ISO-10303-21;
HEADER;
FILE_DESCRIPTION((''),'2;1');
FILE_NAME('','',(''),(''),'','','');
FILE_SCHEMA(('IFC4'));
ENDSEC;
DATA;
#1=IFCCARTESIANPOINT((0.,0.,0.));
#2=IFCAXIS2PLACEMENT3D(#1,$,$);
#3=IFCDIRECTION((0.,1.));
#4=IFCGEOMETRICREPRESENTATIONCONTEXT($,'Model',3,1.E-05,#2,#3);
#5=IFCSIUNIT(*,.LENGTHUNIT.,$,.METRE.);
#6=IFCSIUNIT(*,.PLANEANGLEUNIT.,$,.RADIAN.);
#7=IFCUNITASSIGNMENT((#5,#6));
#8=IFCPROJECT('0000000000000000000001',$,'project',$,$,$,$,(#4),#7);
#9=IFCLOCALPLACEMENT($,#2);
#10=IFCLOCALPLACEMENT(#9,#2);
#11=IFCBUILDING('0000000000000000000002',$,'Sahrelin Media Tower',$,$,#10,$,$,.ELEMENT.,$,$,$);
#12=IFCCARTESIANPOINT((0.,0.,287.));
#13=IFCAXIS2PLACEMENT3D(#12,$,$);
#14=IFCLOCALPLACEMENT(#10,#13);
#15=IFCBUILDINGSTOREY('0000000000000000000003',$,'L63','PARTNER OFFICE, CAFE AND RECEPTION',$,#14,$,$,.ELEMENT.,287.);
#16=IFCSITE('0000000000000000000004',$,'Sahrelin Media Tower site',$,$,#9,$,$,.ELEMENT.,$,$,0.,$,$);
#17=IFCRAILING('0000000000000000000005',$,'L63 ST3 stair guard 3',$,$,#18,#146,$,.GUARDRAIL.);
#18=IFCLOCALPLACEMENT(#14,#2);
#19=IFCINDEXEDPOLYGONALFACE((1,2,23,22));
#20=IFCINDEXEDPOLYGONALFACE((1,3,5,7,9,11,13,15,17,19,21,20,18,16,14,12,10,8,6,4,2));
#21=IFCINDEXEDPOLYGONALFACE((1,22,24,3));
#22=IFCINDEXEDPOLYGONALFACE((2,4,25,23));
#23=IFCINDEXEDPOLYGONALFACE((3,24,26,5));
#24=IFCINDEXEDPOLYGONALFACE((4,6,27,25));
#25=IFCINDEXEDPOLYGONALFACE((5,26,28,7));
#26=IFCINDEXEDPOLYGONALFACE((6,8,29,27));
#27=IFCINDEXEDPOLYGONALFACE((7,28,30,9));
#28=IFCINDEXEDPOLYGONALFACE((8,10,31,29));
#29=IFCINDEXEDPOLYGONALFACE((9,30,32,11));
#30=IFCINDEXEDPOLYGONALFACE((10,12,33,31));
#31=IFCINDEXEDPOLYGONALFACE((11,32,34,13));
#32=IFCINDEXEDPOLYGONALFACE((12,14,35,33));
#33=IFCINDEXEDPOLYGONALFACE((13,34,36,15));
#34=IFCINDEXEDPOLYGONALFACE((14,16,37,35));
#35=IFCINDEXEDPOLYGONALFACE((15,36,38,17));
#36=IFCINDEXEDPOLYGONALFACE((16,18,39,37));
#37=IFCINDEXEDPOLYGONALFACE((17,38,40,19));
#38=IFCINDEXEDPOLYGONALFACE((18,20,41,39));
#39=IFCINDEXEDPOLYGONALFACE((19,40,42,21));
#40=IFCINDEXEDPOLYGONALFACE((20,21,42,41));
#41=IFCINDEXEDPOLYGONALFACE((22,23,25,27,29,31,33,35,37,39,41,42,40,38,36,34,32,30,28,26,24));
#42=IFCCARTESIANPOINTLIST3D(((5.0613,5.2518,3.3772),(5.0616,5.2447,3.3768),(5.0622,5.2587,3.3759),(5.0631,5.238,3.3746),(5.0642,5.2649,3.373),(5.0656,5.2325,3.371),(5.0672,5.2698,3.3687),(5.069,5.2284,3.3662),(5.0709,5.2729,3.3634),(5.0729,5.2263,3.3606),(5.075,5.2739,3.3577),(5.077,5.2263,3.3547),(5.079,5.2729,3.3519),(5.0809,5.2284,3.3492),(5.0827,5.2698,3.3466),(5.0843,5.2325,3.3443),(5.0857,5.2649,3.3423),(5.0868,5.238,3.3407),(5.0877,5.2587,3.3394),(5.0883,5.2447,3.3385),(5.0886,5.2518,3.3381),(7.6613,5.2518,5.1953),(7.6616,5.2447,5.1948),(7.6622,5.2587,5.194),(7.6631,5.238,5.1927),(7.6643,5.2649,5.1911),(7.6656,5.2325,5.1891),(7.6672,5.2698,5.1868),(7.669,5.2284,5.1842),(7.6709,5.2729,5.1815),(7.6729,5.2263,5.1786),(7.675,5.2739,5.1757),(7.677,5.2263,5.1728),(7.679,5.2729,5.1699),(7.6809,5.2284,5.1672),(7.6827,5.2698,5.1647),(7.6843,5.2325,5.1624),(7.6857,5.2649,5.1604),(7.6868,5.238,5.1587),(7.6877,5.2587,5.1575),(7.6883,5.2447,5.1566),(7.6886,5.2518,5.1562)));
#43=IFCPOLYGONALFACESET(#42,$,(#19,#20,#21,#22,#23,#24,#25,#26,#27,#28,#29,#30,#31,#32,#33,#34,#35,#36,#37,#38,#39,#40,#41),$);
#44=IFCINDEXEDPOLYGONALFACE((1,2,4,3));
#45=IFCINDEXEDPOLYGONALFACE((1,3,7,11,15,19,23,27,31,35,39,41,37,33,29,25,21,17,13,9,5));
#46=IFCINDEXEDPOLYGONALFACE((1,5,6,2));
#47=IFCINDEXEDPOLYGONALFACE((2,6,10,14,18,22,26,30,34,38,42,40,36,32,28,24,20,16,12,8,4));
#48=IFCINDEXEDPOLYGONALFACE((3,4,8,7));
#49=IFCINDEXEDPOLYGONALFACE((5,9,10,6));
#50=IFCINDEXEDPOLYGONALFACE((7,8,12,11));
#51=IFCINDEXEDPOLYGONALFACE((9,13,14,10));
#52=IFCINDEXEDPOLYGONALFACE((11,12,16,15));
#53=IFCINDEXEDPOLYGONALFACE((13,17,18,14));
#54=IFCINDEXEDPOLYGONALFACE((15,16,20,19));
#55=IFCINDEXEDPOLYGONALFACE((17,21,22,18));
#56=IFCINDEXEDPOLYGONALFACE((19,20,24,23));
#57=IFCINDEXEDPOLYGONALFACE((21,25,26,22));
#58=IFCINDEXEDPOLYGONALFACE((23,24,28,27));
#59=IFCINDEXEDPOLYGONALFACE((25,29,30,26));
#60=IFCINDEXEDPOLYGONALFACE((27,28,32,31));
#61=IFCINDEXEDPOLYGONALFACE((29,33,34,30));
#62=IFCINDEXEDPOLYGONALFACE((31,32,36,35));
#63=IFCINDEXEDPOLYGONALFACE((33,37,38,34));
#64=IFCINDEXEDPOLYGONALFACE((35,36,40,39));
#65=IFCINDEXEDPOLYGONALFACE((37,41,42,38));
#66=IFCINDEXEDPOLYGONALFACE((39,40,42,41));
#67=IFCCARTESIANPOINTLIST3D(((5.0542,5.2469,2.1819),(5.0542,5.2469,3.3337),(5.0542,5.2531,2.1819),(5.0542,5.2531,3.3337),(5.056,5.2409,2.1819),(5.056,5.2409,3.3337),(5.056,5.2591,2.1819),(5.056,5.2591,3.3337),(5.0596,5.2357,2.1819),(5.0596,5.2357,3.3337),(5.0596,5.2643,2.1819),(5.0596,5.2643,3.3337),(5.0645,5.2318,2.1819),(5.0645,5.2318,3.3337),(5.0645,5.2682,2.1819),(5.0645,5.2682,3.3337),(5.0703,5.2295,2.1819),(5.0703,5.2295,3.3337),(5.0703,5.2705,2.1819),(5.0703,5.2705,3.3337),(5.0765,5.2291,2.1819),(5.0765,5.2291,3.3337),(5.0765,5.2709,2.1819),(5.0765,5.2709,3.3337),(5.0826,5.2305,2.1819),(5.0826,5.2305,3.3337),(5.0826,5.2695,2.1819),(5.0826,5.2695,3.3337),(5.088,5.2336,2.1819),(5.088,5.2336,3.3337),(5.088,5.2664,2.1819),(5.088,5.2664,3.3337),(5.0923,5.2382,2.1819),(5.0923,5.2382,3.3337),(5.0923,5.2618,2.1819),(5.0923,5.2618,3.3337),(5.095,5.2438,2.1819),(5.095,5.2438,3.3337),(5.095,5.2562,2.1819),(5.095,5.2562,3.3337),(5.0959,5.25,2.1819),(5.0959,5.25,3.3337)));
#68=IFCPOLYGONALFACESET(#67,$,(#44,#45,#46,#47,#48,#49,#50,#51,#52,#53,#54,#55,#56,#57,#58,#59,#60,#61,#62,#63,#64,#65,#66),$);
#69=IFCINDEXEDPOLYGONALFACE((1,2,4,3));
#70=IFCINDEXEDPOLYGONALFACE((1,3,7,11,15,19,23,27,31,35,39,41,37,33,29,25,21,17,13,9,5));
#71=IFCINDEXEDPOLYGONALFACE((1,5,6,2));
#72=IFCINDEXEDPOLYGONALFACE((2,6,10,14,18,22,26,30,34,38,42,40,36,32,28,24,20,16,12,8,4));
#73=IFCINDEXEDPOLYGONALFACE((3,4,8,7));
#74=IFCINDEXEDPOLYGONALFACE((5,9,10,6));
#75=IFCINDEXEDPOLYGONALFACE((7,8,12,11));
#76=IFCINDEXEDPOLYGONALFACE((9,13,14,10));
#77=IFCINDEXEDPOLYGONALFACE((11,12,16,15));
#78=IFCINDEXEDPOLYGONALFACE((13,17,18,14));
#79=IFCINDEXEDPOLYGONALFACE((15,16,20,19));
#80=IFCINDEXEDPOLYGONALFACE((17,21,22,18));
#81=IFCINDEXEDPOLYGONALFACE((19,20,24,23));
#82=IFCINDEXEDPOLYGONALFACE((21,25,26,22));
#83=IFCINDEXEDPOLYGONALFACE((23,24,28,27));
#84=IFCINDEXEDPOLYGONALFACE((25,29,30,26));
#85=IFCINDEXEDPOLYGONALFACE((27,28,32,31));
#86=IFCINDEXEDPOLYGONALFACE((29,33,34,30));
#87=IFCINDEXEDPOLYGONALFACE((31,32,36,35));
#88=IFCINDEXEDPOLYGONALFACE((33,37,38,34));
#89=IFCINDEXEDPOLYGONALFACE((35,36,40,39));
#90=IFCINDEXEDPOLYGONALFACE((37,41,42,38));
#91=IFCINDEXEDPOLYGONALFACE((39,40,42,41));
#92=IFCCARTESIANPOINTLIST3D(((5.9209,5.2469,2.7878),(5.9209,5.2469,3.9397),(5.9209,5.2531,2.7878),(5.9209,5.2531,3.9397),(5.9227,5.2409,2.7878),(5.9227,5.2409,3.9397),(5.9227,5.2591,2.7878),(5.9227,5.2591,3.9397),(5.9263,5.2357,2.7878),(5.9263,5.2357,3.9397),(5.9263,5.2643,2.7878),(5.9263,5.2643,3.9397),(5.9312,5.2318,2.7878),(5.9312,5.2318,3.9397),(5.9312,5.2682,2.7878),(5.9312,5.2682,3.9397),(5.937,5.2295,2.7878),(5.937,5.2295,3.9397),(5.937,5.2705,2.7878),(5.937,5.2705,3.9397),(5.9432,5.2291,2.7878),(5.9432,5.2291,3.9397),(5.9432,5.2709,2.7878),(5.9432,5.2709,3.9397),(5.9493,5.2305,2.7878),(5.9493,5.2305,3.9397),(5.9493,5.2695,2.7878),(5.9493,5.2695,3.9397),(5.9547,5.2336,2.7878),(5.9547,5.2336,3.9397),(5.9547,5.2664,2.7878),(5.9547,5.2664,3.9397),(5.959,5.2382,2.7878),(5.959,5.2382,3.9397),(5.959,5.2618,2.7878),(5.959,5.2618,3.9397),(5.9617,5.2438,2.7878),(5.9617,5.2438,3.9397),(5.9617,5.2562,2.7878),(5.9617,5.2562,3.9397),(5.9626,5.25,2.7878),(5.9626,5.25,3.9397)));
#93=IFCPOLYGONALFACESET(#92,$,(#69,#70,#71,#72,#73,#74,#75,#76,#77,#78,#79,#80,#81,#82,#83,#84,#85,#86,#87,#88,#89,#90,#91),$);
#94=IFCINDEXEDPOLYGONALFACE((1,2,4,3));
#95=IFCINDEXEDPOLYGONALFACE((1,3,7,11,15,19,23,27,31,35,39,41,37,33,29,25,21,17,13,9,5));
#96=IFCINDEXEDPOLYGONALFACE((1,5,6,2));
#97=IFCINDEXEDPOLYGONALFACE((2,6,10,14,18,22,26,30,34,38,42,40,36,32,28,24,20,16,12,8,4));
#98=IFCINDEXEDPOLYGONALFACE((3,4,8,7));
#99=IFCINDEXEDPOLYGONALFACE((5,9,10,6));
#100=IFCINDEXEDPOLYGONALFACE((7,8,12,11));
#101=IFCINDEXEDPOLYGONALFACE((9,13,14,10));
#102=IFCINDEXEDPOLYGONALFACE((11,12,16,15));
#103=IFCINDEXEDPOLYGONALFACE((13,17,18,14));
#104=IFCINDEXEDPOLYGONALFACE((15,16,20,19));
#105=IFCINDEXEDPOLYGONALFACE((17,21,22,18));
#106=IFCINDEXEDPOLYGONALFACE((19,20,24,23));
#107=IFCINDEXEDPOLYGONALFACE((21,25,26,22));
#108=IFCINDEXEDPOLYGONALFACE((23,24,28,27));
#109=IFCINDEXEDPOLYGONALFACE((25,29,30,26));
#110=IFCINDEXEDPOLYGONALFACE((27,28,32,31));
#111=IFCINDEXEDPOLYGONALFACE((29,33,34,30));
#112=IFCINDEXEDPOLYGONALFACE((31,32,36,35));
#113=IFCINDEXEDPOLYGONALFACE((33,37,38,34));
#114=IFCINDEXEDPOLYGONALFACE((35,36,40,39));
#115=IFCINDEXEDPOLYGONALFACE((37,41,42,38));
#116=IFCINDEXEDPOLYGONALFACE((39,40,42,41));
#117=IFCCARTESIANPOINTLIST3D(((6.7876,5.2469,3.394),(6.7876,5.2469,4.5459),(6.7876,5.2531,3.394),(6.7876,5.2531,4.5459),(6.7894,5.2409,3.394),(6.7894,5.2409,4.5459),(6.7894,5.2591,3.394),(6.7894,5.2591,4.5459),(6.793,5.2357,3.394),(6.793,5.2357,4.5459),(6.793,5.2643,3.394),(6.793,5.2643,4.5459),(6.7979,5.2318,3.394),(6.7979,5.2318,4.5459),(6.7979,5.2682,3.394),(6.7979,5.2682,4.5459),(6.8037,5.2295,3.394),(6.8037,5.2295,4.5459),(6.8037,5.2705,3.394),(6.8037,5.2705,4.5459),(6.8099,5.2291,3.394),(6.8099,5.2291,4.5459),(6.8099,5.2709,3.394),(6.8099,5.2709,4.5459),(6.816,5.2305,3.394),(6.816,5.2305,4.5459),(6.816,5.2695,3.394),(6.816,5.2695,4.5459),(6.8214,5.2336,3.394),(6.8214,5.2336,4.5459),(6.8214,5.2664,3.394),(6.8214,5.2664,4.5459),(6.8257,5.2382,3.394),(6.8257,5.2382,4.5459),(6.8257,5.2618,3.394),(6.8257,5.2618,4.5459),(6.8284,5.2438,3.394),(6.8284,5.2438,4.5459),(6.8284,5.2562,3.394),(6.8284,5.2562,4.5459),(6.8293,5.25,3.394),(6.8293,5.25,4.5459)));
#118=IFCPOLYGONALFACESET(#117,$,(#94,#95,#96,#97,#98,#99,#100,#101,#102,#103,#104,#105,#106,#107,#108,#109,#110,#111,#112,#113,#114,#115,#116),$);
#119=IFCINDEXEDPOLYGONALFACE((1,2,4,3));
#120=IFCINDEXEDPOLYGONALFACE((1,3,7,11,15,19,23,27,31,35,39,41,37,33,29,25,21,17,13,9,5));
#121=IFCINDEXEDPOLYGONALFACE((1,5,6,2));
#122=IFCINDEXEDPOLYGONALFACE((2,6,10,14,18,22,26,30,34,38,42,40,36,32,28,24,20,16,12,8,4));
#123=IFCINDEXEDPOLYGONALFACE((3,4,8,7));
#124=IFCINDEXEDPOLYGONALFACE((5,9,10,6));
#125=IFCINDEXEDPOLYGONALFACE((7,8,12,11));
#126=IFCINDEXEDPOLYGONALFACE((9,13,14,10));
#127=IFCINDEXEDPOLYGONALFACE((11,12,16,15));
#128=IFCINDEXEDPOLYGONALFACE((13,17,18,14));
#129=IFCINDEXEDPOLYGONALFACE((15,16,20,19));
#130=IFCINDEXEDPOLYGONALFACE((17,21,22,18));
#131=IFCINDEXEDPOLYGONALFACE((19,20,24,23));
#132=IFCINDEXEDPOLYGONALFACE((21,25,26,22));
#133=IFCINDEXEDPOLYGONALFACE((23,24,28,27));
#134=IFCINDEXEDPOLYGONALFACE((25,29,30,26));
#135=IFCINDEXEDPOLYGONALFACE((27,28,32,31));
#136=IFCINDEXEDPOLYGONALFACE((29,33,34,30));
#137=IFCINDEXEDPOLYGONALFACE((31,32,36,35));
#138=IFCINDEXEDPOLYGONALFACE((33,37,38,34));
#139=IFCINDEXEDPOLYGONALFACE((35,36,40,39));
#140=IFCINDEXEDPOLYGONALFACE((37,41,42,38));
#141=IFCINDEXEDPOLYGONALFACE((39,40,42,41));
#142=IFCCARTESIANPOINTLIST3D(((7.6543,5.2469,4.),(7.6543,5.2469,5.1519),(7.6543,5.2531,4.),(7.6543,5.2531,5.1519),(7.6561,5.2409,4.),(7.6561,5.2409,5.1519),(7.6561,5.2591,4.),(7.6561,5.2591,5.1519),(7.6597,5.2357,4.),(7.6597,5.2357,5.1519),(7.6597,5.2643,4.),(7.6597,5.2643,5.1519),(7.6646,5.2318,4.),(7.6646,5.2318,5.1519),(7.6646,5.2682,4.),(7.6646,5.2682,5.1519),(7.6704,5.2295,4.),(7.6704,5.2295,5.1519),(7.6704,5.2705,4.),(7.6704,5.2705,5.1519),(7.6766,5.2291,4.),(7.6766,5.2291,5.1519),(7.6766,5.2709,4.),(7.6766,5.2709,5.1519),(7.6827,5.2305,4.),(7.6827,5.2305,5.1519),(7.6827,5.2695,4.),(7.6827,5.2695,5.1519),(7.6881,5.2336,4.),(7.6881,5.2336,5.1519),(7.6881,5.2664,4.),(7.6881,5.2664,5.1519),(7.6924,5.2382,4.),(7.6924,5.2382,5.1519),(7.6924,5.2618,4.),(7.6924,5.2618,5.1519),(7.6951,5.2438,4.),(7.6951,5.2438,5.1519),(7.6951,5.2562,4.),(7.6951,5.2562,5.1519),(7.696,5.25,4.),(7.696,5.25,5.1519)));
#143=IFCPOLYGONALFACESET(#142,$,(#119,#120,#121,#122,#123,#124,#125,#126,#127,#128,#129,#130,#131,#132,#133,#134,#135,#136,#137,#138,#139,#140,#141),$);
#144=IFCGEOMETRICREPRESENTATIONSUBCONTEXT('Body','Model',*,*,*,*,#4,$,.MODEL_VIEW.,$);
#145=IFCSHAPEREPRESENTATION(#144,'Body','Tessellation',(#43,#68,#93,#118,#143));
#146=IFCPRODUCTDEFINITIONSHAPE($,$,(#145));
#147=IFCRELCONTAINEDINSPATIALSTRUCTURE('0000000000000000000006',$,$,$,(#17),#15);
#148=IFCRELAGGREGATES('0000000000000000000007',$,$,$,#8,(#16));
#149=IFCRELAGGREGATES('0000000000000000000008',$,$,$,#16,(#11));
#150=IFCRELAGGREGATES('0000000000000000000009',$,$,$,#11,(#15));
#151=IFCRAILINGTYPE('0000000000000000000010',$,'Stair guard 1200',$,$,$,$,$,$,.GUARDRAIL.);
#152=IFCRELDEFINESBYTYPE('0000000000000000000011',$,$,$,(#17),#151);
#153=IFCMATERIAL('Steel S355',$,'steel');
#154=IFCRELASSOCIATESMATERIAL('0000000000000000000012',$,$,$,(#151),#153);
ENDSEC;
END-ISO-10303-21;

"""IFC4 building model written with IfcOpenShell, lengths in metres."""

from ifc_helpers import new_model, si_unit, direction, frame, origin, origin_2d, place, context, subcontext, project, spatial, circle, extrude, material, type_object, element, save


model = new_model("IFC4")

# Units and contexts
model_context = context("Model", 3, precision=1e-05, world=origin(), true_north=direction((0.0, 1.0)))
body_context = subcontext(model_context, "Body", "Model", "MODEL_VIEW")
ifc_project = project(units=[si_unit("LENGTHUNIT", "METRE"), si_unit("PLANEANGLEUNIT", "RADIAN")], contexts=[model_context])

# Site, building, storey
site_placement = place(None, origin())
site = spatial("IfcSite", under=ifc_project, at=site_placement, Name="Sahrelin Media Tower site", CompositionType="ELEMENT", RefElevation=0.0)
building_placement = place(site_placement, origin())
building = spatial("IfcBuilding", under=site, at=building_placement, Name="Sahrelin Media Tower", CompositionType="ELEMENT")
storey_placement = place(building_placement, frame((0.0, 0.0, 287.0)))
storey = spatial("IfcBuildingStorey", under=building, at=storey_placement, Name="L63", Description="PARTNER OFFICE, CAFE AND RECEPTION", CompositionType="ELEMENT", Elevation=287.0)

# Shared definitions
ifc_material_1 = material(Name="Steel S355", Category="steel")

# Railing
railing_type_1 = type_object("IfcRailingType", Name="Stair guard 1200", PredefinedType="GUARDRAIL", material=ifc_material_1)
railing_1_placement = place(storey_placement, frame((5.075, 5.25, 2.1819)))
element("IfcRailing", 1, at=railing_1_placement, inside=storey, type_object=railing_type_1, Name="L63 ST3 stair guard 3", PredefinedType="GUARDRAIL", context=body_context, shape_type="SweptSolid", body=[
    extrude(circle(Radius=0.0239, at=origin_2d()), frame((0.0, 0.0, 1.1758), z_axis=(0.819521, 0.0, 0.573049), x_axis=(0.0, 1.0, 0.0)), (0.0, 0.0, 1.0), 3.1726),
    extrude(circle(Radius=0.021, at=origin_2d()), origin(), (0.0, 0.0, 1.0), 1.1519),
    extrude(circle(Radius=0.021, at=origin_2d()), frame((0.8667, 0.0, 0.606)), (0.0, 0.0, 1.0), 1.1519),
    extrude(circle(Radius=0.021, at=origin_2d()), frame((1.7334, 0.0, 1.2122)), (0.0, 0.0, 1.0), 1.1519),
    extrude(circle(Radius=0.021, at=origin_2d()), frame((2.6001, 0.0, 1.8181)), (0.0, 0.0, 1.0), 1.1519),
])

save(model, "model.ifc")
